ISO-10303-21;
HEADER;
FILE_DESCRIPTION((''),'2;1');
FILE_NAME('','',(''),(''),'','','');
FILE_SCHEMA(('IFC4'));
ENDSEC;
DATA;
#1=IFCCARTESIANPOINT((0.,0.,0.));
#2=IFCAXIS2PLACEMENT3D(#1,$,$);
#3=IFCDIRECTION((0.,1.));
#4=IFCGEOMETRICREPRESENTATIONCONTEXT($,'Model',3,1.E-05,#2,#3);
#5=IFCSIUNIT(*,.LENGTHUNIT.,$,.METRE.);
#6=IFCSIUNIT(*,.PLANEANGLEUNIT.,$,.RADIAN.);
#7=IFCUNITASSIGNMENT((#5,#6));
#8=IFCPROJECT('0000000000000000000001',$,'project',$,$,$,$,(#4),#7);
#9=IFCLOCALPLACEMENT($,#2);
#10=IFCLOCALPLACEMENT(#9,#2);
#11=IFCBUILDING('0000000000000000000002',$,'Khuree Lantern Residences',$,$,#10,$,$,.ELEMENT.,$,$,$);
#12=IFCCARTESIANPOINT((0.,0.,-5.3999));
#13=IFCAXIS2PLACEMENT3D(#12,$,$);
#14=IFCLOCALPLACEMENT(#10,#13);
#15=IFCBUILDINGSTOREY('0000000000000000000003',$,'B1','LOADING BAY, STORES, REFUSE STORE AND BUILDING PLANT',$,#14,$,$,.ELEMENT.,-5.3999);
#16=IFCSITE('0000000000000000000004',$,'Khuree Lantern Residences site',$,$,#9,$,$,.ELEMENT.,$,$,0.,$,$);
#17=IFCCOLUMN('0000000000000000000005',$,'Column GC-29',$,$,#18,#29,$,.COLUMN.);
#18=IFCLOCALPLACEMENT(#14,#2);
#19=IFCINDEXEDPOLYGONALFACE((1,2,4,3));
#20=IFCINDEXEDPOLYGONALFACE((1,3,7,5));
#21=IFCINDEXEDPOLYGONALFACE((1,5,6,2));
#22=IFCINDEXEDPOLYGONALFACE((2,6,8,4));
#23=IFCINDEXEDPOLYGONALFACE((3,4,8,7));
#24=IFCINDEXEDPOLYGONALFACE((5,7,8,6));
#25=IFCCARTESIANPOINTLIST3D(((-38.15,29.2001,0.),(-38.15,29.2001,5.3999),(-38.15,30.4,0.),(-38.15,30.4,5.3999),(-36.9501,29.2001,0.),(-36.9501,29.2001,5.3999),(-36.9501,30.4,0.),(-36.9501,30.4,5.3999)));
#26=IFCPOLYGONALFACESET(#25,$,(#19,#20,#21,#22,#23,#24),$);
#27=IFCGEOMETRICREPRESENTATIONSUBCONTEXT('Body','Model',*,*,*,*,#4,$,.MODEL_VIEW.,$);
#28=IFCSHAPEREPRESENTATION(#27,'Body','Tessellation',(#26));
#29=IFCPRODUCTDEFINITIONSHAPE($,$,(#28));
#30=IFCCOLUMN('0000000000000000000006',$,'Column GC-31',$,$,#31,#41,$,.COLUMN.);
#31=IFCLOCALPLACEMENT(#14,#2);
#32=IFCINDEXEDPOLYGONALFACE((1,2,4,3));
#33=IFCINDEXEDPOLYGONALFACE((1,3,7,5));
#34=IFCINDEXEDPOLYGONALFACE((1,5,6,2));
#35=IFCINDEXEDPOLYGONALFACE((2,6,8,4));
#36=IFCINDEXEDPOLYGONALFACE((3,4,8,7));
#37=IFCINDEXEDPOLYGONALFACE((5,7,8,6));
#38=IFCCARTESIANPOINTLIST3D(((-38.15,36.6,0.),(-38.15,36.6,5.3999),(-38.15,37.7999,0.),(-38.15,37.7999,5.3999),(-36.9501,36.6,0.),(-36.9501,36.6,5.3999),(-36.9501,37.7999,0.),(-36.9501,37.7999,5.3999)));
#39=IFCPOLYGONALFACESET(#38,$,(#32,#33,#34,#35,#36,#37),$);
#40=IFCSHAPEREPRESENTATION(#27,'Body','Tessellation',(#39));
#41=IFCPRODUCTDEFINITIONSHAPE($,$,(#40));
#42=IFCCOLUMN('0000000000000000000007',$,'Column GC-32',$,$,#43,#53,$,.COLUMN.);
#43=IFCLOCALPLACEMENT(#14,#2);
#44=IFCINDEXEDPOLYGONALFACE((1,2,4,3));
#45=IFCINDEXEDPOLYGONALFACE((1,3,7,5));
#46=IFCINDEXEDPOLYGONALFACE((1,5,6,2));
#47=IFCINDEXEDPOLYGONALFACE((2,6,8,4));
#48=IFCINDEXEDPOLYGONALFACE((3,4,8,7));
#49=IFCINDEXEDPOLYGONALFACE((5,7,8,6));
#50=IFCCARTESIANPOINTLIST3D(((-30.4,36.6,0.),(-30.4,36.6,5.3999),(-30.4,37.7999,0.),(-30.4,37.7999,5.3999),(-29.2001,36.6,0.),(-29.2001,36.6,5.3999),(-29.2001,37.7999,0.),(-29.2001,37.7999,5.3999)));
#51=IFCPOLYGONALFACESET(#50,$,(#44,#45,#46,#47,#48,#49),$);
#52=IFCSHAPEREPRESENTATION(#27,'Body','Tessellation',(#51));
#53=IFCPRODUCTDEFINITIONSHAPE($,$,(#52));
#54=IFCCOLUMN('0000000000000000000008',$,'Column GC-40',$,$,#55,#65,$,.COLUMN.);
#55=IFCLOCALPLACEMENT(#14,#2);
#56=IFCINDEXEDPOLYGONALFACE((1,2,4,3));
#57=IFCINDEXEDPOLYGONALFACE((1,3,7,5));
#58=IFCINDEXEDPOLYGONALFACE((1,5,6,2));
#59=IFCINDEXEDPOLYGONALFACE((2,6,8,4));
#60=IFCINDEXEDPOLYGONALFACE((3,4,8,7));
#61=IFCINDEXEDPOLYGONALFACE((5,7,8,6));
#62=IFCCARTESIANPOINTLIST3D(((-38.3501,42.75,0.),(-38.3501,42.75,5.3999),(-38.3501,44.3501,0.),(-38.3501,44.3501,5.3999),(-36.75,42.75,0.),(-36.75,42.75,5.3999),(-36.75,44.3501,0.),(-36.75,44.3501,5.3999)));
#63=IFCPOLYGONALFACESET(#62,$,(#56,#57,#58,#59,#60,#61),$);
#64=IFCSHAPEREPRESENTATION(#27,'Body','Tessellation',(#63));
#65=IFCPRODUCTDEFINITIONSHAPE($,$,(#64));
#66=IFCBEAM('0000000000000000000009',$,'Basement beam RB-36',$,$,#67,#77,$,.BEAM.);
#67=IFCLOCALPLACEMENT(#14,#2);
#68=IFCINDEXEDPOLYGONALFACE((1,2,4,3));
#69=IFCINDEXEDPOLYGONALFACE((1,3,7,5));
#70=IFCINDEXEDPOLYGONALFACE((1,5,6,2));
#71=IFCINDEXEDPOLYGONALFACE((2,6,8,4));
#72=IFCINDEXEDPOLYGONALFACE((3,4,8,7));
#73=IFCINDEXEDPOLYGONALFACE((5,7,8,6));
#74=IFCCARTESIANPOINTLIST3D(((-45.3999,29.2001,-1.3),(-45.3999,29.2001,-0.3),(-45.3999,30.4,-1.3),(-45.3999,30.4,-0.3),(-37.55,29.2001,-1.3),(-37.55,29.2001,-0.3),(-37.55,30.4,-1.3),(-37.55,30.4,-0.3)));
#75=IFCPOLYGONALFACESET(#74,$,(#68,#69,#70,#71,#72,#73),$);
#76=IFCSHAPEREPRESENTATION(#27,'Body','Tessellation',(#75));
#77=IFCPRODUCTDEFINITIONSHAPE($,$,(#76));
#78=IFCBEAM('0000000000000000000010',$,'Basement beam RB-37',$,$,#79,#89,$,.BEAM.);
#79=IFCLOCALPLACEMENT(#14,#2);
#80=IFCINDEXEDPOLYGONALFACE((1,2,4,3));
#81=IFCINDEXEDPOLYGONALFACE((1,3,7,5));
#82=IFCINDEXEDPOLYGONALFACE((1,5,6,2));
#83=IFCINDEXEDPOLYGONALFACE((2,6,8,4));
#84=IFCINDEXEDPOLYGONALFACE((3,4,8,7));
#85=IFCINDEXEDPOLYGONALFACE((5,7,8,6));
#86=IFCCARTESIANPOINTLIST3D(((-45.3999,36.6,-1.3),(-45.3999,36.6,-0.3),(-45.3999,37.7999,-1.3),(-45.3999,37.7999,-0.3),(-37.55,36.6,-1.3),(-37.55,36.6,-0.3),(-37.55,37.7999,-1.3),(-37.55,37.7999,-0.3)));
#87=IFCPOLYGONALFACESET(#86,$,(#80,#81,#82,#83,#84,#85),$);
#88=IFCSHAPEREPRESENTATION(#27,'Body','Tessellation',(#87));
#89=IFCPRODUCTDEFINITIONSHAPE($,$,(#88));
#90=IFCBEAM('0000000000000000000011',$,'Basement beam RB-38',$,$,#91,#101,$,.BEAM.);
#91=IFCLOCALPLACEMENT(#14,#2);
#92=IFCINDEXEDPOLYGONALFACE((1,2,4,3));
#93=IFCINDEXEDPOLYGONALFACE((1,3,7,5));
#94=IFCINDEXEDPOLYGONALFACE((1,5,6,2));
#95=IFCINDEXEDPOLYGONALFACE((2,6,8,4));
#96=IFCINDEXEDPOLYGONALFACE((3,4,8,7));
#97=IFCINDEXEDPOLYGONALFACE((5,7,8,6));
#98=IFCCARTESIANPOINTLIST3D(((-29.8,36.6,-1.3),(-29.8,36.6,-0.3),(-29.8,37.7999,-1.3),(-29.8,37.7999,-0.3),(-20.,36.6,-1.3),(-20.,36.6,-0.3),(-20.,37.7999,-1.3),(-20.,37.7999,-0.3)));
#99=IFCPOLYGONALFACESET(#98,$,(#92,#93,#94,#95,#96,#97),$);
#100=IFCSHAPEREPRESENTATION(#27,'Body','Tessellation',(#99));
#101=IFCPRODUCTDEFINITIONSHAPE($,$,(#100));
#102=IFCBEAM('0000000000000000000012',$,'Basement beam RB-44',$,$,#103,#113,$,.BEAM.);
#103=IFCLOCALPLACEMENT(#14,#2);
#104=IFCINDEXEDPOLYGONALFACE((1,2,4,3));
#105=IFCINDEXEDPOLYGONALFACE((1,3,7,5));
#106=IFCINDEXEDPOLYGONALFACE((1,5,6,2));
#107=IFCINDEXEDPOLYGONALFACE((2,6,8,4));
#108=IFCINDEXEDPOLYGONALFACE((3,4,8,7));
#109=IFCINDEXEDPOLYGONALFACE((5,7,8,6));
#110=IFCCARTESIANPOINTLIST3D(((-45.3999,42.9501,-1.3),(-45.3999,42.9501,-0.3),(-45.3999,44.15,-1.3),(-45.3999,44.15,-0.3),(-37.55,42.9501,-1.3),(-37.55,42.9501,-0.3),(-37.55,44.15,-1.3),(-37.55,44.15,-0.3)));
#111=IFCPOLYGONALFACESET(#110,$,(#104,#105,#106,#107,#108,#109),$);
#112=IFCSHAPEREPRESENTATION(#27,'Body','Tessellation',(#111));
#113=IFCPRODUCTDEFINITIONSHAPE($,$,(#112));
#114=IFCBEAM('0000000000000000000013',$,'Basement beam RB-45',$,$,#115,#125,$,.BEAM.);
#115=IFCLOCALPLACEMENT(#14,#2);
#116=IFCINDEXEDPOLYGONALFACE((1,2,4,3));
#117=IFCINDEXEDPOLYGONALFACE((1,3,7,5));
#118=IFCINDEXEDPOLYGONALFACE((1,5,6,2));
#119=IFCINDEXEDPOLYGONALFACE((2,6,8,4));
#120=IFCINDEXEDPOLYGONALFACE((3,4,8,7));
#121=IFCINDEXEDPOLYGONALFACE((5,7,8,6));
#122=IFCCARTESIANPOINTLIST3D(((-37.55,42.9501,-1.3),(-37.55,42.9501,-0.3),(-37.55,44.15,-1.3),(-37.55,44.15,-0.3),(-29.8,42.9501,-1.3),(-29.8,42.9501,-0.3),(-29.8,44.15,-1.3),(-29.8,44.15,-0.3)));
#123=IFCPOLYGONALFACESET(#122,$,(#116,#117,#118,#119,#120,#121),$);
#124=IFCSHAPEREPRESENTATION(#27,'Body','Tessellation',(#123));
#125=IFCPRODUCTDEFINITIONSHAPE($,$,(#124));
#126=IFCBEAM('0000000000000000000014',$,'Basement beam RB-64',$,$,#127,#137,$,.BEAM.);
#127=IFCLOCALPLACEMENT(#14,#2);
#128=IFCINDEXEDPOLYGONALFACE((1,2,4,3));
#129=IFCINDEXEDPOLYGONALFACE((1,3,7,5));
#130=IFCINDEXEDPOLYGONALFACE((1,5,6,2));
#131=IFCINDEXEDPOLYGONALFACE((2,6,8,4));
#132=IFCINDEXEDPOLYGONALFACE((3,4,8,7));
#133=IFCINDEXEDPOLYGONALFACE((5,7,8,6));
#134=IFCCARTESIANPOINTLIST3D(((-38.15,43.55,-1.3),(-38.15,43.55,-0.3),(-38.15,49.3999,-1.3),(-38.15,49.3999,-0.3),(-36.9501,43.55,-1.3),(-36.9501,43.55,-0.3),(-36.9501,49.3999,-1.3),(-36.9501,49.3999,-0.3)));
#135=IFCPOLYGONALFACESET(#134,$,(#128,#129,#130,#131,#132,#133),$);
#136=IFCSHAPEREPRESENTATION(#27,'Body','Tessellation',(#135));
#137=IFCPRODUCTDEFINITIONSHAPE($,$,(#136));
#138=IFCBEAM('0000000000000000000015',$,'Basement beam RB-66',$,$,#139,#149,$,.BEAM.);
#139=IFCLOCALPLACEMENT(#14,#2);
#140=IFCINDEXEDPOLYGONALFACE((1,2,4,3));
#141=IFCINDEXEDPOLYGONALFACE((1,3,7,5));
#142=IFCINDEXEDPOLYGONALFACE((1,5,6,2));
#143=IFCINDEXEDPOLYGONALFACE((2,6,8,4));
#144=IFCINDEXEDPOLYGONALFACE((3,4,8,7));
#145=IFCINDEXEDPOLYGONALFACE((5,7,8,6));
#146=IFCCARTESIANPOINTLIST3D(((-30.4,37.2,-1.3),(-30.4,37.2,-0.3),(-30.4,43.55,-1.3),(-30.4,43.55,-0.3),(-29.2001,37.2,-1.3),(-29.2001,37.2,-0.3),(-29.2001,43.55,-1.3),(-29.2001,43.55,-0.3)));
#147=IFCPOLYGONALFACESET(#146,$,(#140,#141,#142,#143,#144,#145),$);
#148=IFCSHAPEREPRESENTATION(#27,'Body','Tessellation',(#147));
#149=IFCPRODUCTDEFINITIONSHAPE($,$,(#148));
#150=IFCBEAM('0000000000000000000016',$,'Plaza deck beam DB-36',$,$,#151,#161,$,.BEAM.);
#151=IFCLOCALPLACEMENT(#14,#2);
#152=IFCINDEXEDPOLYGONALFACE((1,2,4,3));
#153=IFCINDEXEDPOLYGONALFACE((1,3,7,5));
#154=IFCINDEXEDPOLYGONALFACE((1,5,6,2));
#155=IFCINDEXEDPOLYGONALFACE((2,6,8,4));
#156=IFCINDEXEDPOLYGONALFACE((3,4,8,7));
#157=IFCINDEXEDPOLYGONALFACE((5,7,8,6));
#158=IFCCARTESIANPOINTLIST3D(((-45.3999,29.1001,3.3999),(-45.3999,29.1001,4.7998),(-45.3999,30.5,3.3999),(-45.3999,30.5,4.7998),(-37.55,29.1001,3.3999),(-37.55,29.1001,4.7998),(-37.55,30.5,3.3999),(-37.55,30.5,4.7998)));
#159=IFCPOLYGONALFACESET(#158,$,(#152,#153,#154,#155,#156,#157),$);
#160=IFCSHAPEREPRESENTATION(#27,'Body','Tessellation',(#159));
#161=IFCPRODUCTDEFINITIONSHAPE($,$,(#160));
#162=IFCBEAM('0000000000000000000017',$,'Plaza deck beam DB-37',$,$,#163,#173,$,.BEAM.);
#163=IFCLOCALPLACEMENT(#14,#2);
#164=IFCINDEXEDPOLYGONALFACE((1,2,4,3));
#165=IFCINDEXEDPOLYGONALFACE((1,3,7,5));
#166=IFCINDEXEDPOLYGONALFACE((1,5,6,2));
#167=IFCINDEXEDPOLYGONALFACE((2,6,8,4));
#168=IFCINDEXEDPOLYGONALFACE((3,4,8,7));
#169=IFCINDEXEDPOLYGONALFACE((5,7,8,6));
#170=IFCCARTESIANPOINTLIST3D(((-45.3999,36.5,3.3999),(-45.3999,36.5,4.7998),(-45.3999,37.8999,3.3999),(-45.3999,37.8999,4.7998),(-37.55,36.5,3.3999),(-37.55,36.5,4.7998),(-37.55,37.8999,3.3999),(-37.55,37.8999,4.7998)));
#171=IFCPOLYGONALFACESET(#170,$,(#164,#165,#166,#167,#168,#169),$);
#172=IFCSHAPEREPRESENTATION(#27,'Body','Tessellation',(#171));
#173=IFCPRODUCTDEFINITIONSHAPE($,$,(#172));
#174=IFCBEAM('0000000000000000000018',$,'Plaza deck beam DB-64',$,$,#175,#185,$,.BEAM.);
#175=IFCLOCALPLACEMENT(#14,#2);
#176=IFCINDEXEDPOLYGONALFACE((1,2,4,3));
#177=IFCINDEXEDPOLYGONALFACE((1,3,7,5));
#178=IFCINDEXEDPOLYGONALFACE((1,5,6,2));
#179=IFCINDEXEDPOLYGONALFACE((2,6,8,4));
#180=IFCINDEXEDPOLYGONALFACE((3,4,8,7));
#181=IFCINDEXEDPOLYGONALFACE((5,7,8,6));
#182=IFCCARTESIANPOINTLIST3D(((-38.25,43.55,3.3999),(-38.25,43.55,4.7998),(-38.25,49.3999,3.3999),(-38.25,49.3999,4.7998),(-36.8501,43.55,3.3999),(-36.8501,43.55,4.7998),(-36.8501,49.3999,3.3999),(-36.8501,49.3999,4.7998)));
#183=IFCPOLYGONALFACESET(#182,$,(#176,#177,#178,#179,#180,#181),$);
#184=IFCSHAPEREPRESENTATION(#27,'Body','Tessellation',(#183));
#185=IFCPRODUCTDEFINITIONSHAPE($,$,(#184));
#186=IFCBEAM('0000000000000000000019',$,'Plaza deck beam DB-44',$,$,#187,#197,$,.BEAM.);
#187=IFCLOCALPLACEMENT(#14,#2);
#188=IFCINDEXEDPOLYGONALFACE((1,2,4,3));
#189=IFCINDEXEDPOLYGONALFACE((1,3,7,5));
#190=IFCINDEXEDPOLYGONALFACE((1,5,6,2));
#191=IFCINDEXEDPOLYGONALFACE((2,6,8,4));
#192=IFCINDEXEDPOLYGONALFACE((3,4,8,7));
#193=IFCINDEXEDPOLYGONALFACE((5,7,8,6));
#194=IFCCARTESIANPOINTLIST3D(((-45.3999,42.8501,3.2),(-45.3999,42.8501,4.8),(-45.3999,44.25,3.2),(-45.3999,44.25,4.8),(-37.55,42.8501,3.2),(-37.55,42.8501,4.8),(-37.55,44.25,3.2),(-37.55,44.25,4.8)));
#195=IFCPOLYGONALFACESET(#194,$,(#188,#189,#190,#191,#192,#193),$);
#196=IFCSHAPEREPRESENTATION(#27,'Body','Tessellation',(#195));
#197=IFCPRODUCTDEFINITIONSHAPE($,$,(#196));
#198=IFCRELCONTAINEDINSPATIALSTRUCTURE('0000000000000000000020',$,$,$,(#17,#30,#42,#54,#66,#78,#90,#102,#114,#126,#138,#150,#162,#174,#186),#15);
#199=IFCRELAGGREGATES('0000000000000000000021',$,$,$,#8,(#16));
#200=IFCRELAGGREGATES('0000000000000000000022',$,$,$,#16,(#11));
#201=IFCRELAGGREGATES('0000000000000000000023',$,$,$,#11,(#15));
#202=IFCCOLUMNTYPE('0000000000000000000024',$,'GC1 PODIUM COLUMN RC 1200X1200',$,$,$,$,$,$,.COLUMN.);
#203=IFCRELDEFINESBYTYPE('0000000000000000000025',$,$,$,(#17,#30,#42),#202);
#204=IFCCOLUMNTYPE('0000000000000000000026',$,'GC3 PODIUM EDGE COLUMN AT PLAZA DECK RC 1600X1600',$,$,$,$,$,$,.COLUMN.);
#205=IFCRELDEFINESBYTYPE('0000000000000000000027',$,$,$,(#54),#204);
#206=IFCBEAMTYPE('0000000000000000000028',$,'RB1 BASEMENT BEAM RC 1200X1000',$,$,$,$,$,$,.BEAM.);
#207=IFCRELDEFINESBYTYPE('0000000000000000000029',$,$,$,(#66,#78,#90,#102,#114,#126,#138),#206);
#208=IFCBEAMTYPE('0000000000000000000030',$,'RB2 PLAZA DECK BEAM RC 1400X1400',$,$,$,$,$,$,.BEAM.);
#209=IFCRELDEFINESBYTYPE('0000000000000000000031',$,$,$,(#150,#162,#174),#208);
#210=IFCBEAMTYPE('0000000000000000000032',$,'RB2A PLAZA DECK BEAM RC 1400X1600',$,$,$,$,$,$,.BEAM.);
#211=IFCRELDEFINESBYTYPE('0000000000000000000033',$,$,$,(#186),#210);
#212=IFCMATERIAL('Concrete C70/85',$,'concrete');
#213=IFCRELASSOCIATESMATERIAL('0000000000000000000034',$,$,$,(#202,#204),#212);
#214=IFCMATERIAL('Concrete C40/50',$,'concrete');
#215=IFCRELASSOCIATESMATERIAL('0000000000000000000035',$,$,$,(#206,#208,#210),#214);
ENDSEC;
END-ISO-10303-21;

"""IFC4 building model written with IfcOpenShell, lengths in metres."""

from ifc_helpers import new_model, si_unit, direction, frame, origin, origin_2d, place, context, subcontext, project, spatial, rectangle, extrude, material, material_profile, profile_set, type_object, element, save


model = new_model("IFC4")

# Units and contexts
model_context = context("Model", 3, precision=1e-05, world=origin(), true_north=direction((0.0, 1.0)))
body_context = subcontext(model_context, "Body", "Model", "MODEL_VIEW")
ifc_project = project(units=[si_unit("LENGTHUNIT", "METRE"), si_unit("PLANEANGLEUNIT", "RADIAN")], contexts=[model_context])

# Site, building, storey
site_placement = place(None, origin())
site = spatial("IfcSite", under=ifc_project, at=site_placement, Name="Khuree Lantern Residences site", CompositionType="ELEMENT", RefElevation=0.0)
building_placement = place(site_placement, origin())
building = spatial("IfcBuilding", under=site, at=building_placement, Name="Khuree Lantern Residences", CompositionType="ELEMENT")
storey_placement = place(building_placement, frame((0.0, 0.0, -5.3999)))
storey = spatial("IfcBuildingStorey", under=building, at=storey_placement, Name="B1", Description="LOADING BAY, STORES, REFUSE STORE AND BUILDING PLANT", CompositionType="ELEMENT", Elevation=-5.3999)

# Columns
ifc_material_1 = material(Name="Concrete C70/85", Category="concrete")
ifc_material_profile_1 = material_profile(ifc_material_1, rectangle(XDim=1.2, YDim=1.2, at=origin_2d()), Name="RC 1200X1200")
ifc_profile_set_1 = profile_set([ifc_material_profile_1], Name="Concrete C70/85")
column_type_1 = type_object("IfcColumnType", Name="GC1 PODIUM COLUMN RC 1200X1200", PredefinedType="COLUMN", material=ifc_profile_set_1)
for number, where, z_axis, x_axis, name in (
    (1, (-37.55, 29.8, 0.0), (0.0, 0.0, 1.0), (1.0, 0.0, 0.0), "Column GC-29"),
    (2, (-37.55, 37.2, 0.0), (0.0, 0.0, 1.0), (1.0, 0.0, 0.0), "Column GC-31"),
    (3, (-29.8, 37.2, 0.0), (0.0, 0.0, 1.0), (1.0, 0.0, 0.0), "Column GC-32"),
):
    element("IfcColumn", number, at=place(storey_placement, frame(where, z_axis=z_axis, x_axis=x_axis)), inside=storey, type_object=column_type_1, Name=name, PredefinedType="COLUMN", context=body_context, shape_type="SweptSolid", body=[
        extrude(rectangle(XDim=1.2, YDim=1.2, at=origin_2d()), origin(), (0.0, 0.0, 1.0), 5.3999),
    ])
ifc_material_profile_2 = material_profile(ifc_material_1, rectangle(XDim=1.6001, YDim=1.6001, at=origin_2d()), Name="RC 1600X1600")
ifc_profile_set_2 = profile_set([ifc_material_profile_2], Name="Concrete C70/85")
column_type_2 = type_object("IfcColumnType", Name="GC3 PODIUM EDGE COLUMN AT PLAZA DECK RC 1600X1600", PredefinedType="COLUMN", material=ifc_profile_set_2)
column_placement = place(storey_placement, frame((-37.55, 43.55, 0.0), z_axis=(0.0, 0.0, 1.0), x_axis=(1.0, 0.0, 0.0)))
element("IfcColumn", 4, at=column_placement, inside=storey, type_object=column_type_2, Name="Column GC-40", PredefinedType="COLUMN", context=body_context, shape_type="SweptSolid", body=[
    extrude(rectangle(XDim=1.6001, YDim=1.6001, at=origin_2d()), origin(), (0.0, 0.0, 1.0), 5.3999),
])

# Beams
ifc_material_2 = material(Name="Concrete C40/50", Category="concrete")
ifc_material_profile_3 = material_profile(ifc_material_2, rectangle(XDim=1.2, YDim=1.0, at=origin_2d()), Name="RC 1200X1000")
ifc_profile_set_3 = profile_set([ifc_material_profile_3], Name="Concrete C40/50")
beam_type_1 = type_object("IfcBeamType", Name="RB1 BASEMENT BEAM RC 1200X1000", PredefinedType="BEAM", material=ifc_profile_set_3)
for number, where, z_axis, x_axis, name in (
    (5, (-45.3999, 29.8, -0.8), (1.0, 0.0, 0.0), (0.0, 1.0, 0.0), "Basement beam RB-36"),
    (6, (-45.3999, 37.2, -0.8), (1.0, 0.0, 0.0), (0.0, 1.0, 0.0), "Basement beam RB-37"),
):
    element("IfcBeam", number, at=place(storey_placement, frame(where, z_axis=z_axis, x_axis=x_axis)), inside=storey, type_object=beam_type_1, Name=name, PredefinedType="BEAM", context=body_context, shape_type="SweptSolid", body=[
        extrude(rectangle(XDim=1.2, YDim=1.0, at=origin_2d()), origin(), (0.0, 0.0, 1.0), 7.8499),
    ])
beam_1_placement = place(storey_placement, frame((-29.8, 37.2, -0.8), z_axis=(1.0, 0.0, 0.0), x_axis=(0.0, 1.0, 0.0)))
element("IfcBeam", 7, at=beam_1_placement, inside=storey, type_object=beam_type_1, Name="Basement beam RB-38", PredefinedType="BEAM", context=body_context, shape_type="SweptSolid", body=[
    extrude(rectangle(XDim=1.2, YDim=1.0, at=origin_2d()), origin(), (0.0, 0.0, 1.0), 9.8),
])
beam_2_placement = place(storey_placement, frame((-45.3999, 43.55, -0.8), z_axis=(1.0, 0.0, 0.0), x_axis=(0.0, 1.0, 0.0)))
element("IfcBeam", 8, at=beam_2_placement, inside=storey, type_object=beam_type_1, Name="Basement beam RB-44", PredefinedType="BEAM", context=body_context, shape_type="SweptSolid", body=[
    extrude(rectangle(XDim=1.2, YDim=1.0, at=origin_2d()), origin(), (0.0, 0.0, 1.0), 7.8499),
])
beam_3_placement = place(storey_placement, frame((-37.55, 43.55, -0.8), z_axis=(1.0, 0.0, 0.0), x_axis=(0.0, 1.0, 0.0)))
element("IfcBeam", 9, at=beam_3_placement, inside=storey, type_object=beam_type_1, Name="Basement beam RB-45", PredefinedType="BEAM", context=body_context, shape_type="SweptSolid", body=[
    extrude(rectangle(XDim=1.2, YDim=1.0, at=origin_2d()), origin(), (0.0, 0.0, 1.0), 7.75),
])
beam_4_placement = place(storey_placement, frame((-37.55, 43.55, -0.8), z_axis=(0.0, 1.0, 0.0), x_axis=(-1.0, 0.0, 0.0)))
element("IfcBeam", 10, at=beam_4_placement, inside=storey, type_object=beam_type_1, Name="Basement beam RB-64", PredefinedType="BEAM", context=body_context, shape_type="SweptSolid", body=[
    extrude(rectangle(XDim=1.2, YDim=1.0, at=origin_2d()), origin(), (0.0, 0.0, 1.0), 5.8499),
])
beam_5_placement = place(storey_placement, frame((-29.8, 37.2, -0.8), z_axis=(0.0, 1.0, 0.0), x_axis=(-1.0, 0.0, 0.0)))
element("IfcBeam", 11, at=beam_5_placement, inside=storey, type_object=beam_type_1, Name="Basement beam RB-66", PredefinedType="BEAM", context=body_context, shape_type="SweptSolid", body=[
    extrude(rectangle(XDim=1.2, YDim=1.0, at=origin_2d()), origin(), (0.0, 0.0, 1.0), 6.3501),
])
ifc_material_profile_4 = material_profile(ifc_material_2, rectangle(XDim=1.3999, YDim=1.3999, at=origin_2d()), Name="RC 1400X1400")
ifc_profile_set_4 = profile_set([ifc_material_profile_4], Name="Concrete C40/50")
beam_type_2 = type_object("IfcBeamType", Name="RB2 PLAZA DECK BEAM RC 1400X1400", PredefinedType="BEAM", material=ifc_profile_set_4)
for number, where, z_axis, x_axis, name in (
    (12, (-45.3999, 29.8, 4.0999), (1.0, 0.0, 0.0), (0.0, 1.0, 0.0), "Plaza deck beam DB-36"),
    (13, (-45.3999, 37.2, 4.0999), (1.0, 0.0, 0.0), (0.0, 1.0, 0.0), "Plaza deck beam DB-37"),
):
    element("IfcBeam", number, at=place(storey_placement, frame(where, z_axis=z_axis, x_axis=x_axis)), inside=storey, type_object=beam_type_2, Name=name, PredefinedType="BEAM", context=body_context, shape_type="SweptSolid", body=[
        extrude(rectangle(XDim=1.3999, YDim=1.3999, at=origin_2d()), origin(), (0.0, 0.0, 1.0), 7.8499),
    ])
beam_6_placement = place(storey_placement, frame((-37.55, 43.55, 4.0999), z_axis=(0.0, 1.0, 0.0), x_axis=(-1.0, 0.0, 0.0)))
element("IfcBeam", 14, at=beam_6_placement, inside=storey, type_object=beam_type_2, Name="Plaza deck beam DB-64", PredefinedType="BEAM", context=body_context, shape_type="SweptSolid", body=[
    extrude(rectangle(XDim=1.3999, YDim=1.3999, at=origin_2d()), origin(), (0.0, 0.0, 1.0), 5.8499),
])
ifc_material_profile_5 = material_profile(ifc_material_2, rectangle(XDim=1.3999, YDim=1.6001, at=origin_2d()), Name="RC 1400X1600")
ifc_profile_set_5 = profile_set([ifc_material_profile_5], Name="Concrete C40/50")
beam_type_3 = type_object("IfcBeamType", Name="RB2A PLAZA DECK BEAM RC 1400X1600", PredefinedType="BEAM", material=ifc_profile_set_5)
beam_7_placement = place(storey_placement, frame((-45.3999, 43.55, 4.0), z_axis=(1.0, 0.0, 0.0), x_axis=(0.0, 1.0, 0.0)))
element("IfcBeam", 15, at=beam_7_placement, inside=storey, type_object=beam_type_3, Name="Plaza deck beam DB-44", PredefinedType="BEAM", context=body_context, shape_type="SweptSolid", body=[
    extrude(rectangle(XDim=1.3999, YDim=1.6001, at=origin_2d()), origin(), (0.0, 0.0, 1.0), 7.8499),
])

save(model, "model.ifc")
